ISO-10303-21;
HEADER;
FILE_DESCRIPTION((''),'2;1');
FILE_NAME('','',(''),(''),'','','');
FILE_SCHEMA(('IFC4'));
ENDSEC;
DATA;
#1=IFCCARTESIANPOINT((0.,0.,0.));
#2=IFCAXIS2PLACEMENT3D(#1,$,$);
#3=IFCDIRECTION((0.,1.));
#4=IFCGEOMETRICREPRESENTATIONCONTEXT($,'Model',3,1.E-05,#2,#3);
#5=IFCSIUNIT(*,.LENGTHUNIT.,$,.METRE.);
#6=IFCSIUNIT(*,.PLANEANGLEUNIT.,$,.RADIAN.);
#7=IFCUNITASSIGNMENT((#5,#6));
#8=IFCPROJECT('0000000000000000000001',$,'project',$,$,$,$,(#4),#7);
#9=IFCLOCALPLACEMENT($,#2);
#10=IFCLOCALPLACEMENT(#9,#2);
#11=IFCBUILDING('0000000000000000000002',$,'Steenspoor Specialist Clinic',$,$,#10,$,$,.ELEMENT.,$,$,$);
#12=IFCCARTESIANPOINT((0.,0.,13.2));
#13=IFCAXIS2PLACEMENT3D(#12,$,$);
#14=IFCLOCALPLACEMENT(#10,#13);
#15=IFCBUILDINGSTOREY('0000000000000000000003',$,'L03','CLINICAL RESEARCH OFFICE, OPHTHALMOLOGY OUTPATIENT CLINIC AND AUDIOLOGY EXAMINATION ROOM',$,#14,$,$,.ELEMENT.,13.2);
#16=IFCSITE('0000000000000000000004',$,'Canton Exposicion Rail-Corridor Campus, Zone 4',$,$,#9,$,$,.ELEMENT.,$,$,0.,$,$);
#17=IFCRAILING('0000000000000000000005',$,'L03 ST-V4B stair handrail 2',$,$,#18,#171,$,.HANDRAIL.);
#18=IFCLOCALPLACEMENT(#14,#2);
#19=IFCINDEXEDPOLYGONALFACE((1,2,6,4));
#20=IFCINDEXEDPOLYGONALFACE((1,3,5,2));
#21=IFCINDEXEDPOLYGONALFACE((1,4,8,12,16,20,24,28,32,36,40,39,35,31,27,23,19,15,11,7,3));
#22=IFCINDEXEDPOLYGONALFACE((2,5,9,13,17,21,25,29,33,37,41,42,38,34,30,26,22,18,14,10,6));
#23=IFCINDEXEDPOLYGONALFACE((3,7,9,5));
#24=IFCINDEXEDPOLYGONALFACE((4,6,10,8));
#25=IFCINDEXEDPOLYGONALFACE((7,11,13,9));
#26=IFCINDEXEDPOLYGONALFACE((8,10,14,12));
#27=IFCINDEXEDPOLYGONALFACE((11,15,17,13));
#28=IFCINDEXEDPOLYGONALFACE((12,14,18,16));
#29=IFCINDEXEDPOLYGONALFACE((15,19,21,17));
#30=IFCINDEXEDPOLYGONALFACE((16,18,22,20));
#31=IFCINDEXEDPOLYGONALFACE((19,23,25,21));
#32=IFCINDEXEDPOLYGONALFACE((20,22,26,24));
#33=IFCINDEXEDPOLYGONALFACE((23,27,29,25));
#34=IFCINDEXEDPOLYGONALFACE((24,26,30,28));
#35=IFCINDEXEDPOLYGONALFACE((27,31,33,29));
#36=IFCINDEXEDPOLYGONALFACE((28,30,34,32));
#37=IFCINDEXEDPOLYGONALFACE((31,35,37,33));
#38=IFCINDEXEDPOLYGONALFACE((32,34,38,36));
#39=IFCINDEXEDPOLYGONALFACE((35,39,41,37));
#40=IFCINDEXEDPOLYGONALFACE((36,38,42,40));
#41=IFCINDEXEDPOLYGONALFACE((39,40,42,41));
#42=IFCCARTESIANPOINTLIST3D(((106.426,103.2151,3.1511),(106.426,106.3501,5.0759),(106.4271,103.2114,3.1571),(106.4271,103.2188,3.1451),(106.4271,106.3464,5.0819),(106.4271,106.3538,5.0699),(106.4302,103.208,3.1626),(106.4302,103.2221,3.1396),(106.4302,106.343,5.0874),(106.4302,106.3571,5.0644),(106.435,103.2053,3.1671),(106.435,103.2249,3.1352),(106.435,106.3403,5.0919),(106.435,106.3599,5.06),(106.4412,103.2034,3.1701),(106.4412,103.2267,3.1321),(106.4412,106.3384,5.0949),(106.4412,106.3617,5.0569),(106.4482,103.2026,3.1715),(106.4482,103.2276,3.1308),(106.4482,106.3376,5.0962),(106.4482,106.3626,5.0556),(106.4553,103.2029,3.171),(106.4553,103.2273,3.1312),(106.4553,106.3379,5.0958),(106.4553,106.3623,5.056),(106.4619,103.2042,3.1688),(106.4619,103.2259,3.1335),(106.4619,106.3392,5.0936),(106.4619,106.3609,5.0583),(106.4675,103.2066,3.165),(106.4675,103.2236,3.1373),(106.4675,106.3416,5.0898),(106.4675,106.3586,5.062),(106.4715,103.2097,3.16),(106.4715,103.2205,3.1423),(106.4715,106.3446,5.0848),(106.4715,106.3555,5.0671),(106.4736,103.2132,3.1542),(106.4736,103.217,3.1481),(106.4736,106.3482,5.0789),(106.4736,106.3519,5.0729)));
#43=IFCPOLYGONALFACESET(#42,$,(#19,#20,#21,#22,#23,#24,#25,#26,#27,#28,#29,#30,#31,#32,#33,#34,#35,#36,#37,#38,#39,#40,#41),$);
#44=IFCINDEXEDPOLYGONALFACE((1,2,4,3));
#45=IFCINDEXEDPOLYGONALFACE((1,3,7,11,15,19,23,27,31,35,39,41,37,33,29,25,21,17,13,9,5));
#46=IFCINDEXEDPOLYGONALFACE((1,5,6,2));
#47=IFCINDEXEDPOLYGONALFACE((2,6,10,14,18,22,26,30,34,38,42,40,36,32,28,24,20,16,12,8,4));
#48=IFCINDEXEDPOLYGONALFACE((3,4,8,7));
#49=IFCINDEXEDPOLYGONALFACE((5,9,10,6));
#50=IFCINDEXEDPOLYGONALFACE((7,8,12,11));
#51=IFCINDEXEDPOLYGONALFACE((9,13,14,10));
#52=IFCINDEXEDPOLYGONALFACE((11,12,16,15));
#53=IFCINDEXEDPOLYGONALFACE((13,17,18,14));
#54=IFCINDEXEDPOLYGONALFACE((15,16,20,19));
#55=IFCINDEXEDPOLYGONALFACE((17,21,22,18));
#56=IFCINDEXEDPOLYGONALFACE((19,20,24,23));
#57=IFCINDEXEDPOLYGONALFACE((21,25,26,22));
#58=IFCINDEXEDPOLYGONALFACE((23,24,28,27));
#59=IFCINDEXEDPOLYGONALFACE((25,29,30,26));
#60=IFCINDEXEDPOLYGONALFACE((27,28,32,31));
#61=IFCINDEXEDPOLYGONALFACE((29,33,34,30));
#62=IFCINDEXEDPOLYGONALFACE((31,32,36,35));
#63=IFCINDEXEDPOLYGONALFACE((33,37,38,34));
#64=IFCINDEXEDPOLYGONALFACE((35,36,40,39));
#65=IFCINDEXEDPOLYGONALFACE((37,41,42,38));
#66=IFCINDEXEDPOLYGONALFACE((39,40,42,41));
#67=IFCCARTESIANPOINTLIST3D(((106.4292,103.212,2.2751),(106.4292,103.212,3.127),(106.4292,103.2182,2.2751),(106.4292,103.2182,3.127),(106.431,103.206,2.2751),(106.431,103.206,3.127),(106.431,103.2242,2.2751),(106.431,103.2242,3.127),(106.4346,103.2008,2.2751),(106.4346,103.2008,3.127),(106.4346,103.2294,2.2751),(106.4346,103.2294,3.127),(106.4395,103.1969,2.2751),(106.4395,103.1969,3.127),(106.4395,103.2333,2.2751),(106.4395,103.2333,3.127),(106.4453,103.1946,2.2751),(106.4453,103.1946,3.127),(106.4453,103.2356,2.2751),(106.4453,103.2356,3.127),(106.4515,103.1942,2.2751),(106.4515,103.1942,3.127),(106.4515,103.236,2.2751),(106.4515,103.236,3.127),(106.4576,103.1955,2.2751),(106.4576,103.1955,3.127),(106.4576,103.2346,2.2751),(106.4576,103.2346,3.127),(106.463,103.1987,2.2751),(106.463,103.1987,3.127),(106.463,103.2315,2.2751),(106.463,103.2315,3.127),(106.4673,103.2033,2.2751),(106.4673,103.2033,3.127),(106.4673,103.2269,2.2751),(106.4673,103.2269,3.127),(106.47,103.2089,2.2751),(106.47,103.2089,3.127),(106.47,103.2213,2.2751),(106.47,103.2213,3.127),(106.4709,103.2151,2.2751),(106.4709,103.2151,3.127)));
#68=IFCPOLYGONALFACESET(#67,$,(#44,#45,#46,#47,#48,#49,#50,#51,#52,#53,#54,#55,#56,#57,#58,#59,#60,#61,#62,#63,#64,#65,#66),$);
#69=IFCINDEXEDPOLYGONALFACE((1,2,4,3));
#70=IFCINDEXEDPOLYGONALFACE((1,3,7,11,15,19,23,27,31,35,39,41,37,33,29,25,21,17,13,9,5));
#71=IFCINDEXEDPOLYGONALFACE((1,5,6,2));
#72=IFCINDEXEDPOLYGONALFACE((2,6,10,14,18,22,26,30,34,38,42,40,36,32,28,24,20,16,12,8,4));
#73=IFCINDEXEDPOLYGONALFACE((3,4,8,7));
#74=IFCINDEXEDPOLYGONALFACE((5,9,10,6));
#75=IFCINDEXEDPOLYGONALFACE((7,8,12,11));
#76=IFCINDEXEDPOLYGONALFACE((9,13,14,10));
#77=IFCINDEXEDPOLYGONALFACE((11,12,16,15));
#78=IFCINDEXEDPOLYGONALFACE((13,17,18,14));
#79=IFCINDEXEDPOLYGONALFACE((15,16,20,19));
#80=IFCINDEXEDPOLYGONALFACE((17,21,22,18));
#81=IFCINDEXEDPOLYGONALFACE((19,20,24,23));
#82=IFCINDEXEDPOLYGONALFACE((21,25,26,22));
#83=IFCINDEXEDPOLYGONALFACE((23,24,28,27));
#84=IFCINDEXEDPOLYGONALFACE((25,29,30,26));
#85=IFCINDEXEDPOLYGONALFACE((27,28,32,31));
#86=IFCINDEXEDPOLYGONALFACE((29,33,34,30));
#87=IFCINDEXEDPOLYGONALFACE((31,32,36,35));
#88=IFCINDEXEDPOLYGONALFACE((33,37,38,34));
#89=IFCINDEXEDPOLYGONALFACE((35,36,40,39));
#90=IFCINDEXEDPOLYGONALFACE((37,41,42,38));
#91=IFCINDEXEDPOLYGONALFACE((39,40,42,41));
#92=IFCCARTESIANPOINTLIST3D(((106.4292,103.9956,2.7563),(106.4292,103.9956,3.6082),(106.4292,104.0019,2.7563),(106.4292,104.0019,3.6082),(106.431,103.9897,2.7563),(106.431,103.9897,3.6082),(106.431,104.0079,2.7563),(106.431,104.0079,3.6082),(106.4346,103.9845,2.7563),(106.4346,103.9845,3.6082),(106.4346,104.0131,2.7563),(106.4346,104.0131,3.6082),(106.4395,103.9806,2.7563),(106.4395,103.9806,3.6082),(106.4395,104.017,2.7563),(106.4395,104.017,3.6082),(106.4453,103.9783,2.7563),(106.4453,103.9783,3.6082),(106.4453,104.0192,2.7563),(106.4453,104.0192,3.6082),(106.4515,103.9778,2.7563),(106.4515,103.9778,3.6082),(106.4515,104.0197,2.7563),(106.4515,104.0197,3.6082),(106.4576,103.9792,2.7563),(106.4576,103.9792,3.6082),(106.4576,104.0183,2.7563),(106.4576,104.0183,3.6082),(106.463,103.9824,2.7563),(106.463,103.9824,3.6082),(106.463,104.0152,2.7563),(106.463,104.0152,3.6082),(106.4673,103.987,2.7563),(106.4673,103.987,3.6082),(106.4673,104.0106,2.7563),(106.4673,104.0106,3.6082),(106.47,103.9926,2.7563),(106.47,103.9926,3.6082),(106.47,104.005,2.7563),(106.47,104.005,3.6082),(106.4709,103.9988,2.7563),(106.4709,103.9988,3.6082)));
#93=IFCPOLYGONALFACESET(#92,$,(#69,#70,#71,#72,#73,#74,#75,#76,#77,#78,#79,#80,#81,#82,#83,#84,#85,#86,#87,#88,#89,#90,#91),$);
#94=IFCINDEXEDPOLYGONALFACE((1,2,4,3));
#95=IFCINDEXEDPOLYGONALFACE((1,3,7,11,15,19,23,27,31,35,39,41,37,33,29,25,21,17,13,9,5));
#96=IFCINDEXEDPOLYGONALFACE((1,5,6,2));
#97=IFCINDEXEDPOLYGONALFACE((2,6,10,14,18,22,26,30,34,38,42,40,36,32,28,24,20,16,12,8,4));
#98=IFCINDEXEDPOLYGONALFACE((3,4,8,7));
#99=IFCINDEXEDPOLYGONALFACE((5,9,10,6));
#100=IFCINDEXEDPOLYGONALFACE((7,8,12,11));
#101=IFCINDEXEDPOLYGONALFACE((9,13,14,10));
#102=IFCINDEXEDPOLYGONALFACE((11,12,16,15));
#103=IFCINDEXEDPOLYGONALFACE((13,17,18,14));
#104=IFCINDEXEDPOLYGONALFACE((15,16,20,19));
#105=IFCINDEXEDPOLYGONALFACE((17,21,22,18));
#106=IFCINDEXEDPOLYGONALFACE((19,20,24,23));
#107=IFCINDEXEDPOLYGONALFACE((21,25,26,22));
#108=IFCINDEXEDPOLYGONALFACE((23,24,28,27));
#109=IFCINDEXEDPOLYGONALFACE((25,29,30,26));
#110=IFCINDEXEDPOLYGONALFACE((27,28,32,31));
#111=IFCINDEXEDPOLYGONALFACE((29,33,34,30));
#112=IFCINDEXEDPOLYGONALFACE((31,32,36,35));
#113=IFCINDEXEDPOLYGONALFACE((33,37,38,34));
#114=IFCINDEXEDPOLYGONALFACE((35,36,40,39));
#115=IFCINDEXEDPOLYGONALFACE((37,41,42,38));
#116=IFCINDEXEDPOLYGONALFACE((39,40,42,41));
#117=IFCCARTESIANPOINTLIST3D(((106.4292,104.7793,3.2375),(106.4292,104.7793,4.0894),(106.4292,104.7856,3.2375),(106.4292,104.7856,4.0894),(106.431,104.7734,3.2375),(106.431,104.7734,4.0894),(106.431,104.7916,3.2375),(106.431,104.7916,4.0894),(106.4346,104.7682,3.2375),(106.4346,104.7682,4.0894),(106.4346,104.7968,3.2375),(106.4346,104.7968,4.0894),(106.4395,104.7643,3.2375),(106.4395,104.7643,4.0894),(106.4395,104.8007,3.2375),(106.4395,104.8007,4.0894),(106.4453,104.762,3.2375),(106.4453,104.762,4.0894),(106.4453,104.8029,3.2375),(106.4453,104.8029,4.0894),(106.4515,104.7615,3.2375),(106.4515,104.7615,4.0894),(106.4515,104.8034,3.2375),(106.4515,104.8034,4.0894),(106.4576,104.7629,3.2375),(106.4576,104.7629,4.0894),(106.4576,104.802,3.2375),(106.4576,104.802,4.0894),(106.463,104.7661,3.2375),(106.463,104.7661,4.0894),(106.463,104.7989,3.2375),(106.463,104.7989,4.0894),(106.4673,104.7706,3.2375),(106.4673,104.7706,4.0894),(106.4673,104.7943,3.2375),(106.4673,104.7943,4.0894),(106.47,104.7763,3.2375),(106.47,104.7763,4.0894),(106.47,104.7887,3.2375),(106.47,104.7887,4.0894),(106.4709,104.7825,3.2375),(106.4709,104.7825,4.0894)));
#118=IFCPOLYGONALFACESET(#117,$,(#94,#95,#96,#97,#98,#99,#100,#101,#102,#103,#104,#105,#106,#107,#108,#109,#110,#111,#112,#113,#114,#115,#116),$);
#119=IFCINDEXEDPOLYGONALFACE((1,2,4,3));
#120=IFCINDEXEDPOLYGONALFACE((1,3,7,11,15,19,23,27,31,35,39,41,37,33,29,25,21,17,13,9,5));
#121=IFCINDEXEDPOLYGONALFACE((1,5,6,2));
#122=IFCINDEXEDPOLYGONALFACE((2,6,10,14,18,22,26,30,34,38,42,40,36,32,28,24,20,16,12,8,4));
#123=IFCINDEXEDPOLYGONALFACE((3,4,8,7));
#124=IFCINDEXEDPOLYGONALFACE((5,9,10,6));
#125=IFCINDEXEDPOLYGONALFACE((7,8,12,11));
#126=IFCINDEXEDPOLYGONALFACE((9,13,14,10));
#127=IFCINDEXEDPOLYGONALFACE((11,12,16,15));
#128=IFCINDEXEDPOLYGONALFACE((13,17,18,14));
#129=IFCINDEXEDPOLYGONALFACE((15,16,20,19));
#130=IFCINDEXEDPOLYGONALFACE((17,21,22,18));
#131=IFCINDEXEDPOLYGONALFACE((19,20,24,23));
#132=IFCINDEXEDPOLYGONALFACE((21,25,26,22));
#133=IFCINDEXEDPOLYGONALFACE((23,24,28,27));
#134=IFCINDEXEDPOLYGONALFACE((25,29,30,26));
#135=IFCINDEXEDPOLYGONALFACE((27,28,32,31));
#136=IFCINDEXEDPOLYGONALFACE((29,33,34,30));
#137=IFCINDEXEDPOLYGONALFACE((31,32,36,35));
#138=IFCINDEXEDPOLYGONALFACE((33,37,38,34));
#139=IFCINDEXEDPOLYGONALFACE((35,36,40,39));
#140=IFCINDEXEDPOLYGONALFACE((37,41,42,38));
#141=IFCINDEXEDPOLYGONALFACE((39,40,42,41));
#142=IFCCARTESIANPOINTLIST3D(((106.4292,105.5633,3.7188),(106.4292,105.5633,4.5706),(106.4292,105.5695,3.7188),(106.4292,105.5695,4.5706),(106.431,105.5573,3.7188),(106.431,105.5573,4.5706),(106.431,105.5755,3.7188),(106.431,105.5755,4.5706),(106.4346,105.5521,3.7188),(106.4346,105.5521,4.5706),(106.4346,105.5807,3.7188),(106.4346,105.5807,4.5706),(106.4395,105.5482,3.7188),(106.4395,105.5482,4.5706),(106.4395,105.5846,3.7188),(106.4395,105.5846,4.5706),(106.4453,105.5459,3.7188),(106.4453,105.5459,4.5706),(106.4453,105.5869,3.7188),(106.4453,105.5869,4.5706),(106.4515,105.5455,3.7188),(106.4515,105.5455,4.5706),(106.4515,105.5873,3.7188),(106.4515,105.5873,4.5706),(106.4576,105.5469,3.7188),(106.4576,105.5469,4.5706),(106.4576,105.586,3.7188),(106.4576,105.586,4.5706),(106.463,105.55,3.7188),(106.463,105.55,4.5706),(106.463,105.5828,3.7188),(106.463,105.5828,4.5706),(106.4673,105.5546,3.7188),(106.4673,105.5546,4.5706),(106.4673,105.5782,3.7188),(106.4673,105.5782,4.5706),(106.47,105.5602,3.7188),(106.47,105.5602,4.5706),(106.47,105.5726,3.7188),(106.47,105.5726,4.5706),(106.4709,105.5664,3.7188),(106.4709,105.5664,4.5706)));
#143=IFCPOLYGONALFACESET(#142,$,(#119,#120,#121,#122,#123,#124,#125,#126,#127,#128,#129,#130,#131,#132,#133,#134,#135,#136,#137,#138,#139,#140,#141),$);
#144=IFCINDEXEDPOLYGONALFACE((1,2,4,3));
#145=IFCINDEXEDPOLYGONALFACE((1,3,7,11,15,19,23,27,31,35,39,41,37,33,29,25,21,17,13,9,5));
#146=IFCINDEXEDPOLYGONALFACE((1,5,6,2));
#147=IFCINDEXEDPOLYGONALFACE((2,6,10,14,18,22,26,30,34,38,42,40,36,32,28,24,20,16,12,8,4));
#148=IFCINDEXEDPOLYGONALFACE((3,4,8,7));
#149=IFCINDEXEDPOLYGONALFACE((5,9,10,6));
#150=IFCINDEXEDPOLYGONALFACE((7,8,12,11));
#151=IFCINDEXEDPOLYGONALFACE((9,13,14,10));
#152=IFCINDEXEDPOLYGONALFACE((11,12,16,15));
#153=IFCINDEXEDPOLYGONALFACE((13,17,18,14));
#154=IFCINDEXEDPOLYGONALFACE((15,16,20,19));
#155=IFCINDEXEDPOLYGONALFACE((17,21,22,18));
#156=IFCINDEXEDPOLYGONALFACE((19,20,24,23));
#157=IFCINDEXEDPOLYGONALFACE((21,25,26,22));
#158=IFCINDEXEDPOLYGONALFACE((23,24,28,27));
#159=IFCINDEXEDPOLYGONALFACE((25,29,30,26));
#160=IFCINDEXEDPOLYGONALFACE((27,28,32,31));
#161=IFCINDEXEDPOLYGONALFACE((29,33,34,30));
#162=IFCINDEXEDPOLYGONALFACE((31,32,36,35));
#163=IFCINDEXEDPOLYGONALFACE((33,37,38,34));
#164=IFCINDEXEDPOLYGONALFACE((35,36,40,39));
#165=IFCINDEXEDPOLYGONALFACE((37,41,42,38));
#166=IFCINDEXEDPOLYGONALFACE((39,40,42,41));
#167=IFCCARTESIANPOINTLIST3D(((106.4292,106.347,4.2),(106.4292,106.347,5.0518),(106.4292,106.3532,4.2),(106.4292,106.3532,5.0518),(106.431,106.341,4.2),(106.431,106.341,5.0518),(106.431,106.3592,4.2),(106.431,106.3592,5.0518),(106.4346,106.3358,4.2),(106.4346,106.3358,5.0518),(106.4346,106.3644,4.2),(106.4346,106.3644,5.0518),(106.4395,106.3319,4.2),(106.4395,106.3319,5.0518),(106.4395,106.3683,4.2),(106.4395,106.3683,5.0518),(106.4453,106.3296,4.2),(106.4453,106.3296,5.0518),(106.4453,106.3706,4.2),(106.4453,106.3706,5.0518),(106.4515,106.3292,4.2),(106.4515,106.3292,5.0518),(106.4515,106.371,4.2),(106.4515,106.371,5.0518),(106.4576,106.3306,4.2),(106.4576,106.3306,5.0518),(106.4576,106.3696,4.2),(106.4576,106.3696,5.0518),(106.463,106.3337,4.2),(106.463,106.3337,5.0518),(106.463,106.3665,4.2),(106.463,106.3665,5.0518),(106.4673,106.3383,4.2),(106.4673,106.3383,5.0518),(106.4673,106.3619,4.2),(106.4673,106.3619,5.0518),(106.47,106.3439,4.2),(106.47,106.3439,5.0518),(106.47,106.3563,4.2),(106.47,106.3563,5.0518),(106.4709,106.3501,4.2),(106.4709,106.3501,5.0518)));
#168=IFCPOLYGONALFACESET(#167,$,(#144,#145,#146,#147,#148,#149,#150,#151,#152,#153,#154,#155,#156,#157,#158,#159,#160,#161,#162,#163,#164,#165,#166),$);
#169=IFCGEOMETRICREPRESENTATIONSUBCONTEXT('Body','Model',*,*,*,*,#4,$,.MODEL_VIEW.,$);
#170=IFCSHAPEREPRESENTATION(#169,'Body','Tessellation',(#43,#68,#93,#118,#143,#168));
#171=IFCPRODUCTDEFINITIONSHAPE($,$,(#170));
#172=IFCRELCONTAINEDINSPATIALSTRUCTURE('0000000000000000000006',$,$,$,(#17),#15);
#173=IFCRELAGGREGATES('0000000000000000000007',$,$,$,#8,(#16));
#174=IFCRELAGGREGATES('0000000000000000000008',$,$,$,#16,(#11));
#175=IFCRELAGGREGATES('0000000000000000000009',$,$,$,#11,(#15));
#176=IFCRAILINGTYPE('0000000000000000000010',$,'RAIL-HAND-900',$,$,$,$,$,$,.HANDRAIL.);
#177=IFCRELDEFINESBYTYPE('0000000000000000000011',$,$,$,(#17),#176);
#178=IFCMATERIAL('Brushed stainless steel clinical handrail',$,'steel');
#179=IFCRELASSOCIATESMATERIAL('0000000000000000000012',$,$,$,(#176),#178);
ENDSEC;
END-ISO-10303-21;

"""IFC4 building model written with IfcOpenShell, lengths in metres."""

from ifc_helpers import new_model, si_unit, direction, frame, origin, origin_2d, place, context, subcontext, project, spatial, circle, extrude, material, type_object, element, save


model = new_model("IFC4")

# Units and contexts
model_context = context("Model", 3, precision=1e-05, world=origin(), true_north=direction((0.0, 1.0)))
body_context = subcontext(model_context, "Body", "Model", "MODEL_VIEW")
ifc_project = project(units=[si_unit("LENGTHUNIT", "METRE"), si_unit("PLANEANGLEUNIT", "RADIAN")], contexts=[model_context])

# Site, building, storey
site_placement = place(None, origin())
site = spatial("IfcSite", under=ifc_project, at=site_placement, Name="Canton Exposicion Rail-Corridor Campus, Zone 4", CompositionType="ELEMENT", RefElevation=0.0)
building_placement = place(site_placement, origin())
building = spatial("IfcBuilding", under=site, at=building_placement, Name="Steenspoor Specialist Clinic", CompositionType="ELEMENT")
storey_placement = place(building_placement, frame((0.0, 0.0, 13.2)))
storey = spatial("IfcBuildingStorey", under=building, at=storey_placement, Name="L03", Description="CLINICAL RESEARCH OFFICE, OPHTHALMOLOGY OUTPATIENT CLINIC AND AUDIOLOGY EXAMINATION ROOM", CompositionType="ELEMENT", Elevation=13.2)

# Railing
ifc_material_1 = material(Name="Brushed stainless steel clinical handrail", Category="steel")
railing_type_1 = type_object("IfcRailingType", Name="RAIL-HAND-900", PredefinedType="HANDRAIL", material=ifc_material_1)
railing_1_placement = place(storey_placement, frame((106.45, 103.2151, 2.2751)))
element("IfcRailing", 1, at=railing_1_placement, inside=storey, type_object=railing_type_1, Name="L03 ST-V4B stair handrail 2", PredefinedType="HANDRAIL", context=body_context, shape_type="SweptSolid", body=[
    extrude(circle(Radius=0.0239, at=origin_2d()), frame((0.0, 0.0, 0.876), z_axis=(0.0, 0.852196, 0.523223), x_axis=(-1.0, 0.0, 0.0)), (0.0, 0.0, 1.0), 3.6787),
    extrude(circle(Radius=0.021, at=origin_2d()), origin(), (0.0, 0.0, 1.0), 0.8518),
    extrude(circle(Radius=0.021, at=origin_2d()), frame((0.0, 0.7837, 0.4812)), (0.0, 0.0, 1.0), 0.8518),
    extrude(circle(Radius=0.021, at=origin_2d()), frame((0.0, 1.5674, 0.9624)), (0.0, 0.0, 1.0), 0.8518),
    extrude(circle(Radius=0.021, at=origin_2d()), frame((0.0, 2.3513, 1.4436)), (0.0, 0.0, 1.0), 0.8518),
    extrude(circle(Radius=0.021, at=origin_2d()), frame((0.0, 3.135, 1.9248)), (0.0, 0.0, 1.0), 0.8518),
])

save(model, "model.ifc")
